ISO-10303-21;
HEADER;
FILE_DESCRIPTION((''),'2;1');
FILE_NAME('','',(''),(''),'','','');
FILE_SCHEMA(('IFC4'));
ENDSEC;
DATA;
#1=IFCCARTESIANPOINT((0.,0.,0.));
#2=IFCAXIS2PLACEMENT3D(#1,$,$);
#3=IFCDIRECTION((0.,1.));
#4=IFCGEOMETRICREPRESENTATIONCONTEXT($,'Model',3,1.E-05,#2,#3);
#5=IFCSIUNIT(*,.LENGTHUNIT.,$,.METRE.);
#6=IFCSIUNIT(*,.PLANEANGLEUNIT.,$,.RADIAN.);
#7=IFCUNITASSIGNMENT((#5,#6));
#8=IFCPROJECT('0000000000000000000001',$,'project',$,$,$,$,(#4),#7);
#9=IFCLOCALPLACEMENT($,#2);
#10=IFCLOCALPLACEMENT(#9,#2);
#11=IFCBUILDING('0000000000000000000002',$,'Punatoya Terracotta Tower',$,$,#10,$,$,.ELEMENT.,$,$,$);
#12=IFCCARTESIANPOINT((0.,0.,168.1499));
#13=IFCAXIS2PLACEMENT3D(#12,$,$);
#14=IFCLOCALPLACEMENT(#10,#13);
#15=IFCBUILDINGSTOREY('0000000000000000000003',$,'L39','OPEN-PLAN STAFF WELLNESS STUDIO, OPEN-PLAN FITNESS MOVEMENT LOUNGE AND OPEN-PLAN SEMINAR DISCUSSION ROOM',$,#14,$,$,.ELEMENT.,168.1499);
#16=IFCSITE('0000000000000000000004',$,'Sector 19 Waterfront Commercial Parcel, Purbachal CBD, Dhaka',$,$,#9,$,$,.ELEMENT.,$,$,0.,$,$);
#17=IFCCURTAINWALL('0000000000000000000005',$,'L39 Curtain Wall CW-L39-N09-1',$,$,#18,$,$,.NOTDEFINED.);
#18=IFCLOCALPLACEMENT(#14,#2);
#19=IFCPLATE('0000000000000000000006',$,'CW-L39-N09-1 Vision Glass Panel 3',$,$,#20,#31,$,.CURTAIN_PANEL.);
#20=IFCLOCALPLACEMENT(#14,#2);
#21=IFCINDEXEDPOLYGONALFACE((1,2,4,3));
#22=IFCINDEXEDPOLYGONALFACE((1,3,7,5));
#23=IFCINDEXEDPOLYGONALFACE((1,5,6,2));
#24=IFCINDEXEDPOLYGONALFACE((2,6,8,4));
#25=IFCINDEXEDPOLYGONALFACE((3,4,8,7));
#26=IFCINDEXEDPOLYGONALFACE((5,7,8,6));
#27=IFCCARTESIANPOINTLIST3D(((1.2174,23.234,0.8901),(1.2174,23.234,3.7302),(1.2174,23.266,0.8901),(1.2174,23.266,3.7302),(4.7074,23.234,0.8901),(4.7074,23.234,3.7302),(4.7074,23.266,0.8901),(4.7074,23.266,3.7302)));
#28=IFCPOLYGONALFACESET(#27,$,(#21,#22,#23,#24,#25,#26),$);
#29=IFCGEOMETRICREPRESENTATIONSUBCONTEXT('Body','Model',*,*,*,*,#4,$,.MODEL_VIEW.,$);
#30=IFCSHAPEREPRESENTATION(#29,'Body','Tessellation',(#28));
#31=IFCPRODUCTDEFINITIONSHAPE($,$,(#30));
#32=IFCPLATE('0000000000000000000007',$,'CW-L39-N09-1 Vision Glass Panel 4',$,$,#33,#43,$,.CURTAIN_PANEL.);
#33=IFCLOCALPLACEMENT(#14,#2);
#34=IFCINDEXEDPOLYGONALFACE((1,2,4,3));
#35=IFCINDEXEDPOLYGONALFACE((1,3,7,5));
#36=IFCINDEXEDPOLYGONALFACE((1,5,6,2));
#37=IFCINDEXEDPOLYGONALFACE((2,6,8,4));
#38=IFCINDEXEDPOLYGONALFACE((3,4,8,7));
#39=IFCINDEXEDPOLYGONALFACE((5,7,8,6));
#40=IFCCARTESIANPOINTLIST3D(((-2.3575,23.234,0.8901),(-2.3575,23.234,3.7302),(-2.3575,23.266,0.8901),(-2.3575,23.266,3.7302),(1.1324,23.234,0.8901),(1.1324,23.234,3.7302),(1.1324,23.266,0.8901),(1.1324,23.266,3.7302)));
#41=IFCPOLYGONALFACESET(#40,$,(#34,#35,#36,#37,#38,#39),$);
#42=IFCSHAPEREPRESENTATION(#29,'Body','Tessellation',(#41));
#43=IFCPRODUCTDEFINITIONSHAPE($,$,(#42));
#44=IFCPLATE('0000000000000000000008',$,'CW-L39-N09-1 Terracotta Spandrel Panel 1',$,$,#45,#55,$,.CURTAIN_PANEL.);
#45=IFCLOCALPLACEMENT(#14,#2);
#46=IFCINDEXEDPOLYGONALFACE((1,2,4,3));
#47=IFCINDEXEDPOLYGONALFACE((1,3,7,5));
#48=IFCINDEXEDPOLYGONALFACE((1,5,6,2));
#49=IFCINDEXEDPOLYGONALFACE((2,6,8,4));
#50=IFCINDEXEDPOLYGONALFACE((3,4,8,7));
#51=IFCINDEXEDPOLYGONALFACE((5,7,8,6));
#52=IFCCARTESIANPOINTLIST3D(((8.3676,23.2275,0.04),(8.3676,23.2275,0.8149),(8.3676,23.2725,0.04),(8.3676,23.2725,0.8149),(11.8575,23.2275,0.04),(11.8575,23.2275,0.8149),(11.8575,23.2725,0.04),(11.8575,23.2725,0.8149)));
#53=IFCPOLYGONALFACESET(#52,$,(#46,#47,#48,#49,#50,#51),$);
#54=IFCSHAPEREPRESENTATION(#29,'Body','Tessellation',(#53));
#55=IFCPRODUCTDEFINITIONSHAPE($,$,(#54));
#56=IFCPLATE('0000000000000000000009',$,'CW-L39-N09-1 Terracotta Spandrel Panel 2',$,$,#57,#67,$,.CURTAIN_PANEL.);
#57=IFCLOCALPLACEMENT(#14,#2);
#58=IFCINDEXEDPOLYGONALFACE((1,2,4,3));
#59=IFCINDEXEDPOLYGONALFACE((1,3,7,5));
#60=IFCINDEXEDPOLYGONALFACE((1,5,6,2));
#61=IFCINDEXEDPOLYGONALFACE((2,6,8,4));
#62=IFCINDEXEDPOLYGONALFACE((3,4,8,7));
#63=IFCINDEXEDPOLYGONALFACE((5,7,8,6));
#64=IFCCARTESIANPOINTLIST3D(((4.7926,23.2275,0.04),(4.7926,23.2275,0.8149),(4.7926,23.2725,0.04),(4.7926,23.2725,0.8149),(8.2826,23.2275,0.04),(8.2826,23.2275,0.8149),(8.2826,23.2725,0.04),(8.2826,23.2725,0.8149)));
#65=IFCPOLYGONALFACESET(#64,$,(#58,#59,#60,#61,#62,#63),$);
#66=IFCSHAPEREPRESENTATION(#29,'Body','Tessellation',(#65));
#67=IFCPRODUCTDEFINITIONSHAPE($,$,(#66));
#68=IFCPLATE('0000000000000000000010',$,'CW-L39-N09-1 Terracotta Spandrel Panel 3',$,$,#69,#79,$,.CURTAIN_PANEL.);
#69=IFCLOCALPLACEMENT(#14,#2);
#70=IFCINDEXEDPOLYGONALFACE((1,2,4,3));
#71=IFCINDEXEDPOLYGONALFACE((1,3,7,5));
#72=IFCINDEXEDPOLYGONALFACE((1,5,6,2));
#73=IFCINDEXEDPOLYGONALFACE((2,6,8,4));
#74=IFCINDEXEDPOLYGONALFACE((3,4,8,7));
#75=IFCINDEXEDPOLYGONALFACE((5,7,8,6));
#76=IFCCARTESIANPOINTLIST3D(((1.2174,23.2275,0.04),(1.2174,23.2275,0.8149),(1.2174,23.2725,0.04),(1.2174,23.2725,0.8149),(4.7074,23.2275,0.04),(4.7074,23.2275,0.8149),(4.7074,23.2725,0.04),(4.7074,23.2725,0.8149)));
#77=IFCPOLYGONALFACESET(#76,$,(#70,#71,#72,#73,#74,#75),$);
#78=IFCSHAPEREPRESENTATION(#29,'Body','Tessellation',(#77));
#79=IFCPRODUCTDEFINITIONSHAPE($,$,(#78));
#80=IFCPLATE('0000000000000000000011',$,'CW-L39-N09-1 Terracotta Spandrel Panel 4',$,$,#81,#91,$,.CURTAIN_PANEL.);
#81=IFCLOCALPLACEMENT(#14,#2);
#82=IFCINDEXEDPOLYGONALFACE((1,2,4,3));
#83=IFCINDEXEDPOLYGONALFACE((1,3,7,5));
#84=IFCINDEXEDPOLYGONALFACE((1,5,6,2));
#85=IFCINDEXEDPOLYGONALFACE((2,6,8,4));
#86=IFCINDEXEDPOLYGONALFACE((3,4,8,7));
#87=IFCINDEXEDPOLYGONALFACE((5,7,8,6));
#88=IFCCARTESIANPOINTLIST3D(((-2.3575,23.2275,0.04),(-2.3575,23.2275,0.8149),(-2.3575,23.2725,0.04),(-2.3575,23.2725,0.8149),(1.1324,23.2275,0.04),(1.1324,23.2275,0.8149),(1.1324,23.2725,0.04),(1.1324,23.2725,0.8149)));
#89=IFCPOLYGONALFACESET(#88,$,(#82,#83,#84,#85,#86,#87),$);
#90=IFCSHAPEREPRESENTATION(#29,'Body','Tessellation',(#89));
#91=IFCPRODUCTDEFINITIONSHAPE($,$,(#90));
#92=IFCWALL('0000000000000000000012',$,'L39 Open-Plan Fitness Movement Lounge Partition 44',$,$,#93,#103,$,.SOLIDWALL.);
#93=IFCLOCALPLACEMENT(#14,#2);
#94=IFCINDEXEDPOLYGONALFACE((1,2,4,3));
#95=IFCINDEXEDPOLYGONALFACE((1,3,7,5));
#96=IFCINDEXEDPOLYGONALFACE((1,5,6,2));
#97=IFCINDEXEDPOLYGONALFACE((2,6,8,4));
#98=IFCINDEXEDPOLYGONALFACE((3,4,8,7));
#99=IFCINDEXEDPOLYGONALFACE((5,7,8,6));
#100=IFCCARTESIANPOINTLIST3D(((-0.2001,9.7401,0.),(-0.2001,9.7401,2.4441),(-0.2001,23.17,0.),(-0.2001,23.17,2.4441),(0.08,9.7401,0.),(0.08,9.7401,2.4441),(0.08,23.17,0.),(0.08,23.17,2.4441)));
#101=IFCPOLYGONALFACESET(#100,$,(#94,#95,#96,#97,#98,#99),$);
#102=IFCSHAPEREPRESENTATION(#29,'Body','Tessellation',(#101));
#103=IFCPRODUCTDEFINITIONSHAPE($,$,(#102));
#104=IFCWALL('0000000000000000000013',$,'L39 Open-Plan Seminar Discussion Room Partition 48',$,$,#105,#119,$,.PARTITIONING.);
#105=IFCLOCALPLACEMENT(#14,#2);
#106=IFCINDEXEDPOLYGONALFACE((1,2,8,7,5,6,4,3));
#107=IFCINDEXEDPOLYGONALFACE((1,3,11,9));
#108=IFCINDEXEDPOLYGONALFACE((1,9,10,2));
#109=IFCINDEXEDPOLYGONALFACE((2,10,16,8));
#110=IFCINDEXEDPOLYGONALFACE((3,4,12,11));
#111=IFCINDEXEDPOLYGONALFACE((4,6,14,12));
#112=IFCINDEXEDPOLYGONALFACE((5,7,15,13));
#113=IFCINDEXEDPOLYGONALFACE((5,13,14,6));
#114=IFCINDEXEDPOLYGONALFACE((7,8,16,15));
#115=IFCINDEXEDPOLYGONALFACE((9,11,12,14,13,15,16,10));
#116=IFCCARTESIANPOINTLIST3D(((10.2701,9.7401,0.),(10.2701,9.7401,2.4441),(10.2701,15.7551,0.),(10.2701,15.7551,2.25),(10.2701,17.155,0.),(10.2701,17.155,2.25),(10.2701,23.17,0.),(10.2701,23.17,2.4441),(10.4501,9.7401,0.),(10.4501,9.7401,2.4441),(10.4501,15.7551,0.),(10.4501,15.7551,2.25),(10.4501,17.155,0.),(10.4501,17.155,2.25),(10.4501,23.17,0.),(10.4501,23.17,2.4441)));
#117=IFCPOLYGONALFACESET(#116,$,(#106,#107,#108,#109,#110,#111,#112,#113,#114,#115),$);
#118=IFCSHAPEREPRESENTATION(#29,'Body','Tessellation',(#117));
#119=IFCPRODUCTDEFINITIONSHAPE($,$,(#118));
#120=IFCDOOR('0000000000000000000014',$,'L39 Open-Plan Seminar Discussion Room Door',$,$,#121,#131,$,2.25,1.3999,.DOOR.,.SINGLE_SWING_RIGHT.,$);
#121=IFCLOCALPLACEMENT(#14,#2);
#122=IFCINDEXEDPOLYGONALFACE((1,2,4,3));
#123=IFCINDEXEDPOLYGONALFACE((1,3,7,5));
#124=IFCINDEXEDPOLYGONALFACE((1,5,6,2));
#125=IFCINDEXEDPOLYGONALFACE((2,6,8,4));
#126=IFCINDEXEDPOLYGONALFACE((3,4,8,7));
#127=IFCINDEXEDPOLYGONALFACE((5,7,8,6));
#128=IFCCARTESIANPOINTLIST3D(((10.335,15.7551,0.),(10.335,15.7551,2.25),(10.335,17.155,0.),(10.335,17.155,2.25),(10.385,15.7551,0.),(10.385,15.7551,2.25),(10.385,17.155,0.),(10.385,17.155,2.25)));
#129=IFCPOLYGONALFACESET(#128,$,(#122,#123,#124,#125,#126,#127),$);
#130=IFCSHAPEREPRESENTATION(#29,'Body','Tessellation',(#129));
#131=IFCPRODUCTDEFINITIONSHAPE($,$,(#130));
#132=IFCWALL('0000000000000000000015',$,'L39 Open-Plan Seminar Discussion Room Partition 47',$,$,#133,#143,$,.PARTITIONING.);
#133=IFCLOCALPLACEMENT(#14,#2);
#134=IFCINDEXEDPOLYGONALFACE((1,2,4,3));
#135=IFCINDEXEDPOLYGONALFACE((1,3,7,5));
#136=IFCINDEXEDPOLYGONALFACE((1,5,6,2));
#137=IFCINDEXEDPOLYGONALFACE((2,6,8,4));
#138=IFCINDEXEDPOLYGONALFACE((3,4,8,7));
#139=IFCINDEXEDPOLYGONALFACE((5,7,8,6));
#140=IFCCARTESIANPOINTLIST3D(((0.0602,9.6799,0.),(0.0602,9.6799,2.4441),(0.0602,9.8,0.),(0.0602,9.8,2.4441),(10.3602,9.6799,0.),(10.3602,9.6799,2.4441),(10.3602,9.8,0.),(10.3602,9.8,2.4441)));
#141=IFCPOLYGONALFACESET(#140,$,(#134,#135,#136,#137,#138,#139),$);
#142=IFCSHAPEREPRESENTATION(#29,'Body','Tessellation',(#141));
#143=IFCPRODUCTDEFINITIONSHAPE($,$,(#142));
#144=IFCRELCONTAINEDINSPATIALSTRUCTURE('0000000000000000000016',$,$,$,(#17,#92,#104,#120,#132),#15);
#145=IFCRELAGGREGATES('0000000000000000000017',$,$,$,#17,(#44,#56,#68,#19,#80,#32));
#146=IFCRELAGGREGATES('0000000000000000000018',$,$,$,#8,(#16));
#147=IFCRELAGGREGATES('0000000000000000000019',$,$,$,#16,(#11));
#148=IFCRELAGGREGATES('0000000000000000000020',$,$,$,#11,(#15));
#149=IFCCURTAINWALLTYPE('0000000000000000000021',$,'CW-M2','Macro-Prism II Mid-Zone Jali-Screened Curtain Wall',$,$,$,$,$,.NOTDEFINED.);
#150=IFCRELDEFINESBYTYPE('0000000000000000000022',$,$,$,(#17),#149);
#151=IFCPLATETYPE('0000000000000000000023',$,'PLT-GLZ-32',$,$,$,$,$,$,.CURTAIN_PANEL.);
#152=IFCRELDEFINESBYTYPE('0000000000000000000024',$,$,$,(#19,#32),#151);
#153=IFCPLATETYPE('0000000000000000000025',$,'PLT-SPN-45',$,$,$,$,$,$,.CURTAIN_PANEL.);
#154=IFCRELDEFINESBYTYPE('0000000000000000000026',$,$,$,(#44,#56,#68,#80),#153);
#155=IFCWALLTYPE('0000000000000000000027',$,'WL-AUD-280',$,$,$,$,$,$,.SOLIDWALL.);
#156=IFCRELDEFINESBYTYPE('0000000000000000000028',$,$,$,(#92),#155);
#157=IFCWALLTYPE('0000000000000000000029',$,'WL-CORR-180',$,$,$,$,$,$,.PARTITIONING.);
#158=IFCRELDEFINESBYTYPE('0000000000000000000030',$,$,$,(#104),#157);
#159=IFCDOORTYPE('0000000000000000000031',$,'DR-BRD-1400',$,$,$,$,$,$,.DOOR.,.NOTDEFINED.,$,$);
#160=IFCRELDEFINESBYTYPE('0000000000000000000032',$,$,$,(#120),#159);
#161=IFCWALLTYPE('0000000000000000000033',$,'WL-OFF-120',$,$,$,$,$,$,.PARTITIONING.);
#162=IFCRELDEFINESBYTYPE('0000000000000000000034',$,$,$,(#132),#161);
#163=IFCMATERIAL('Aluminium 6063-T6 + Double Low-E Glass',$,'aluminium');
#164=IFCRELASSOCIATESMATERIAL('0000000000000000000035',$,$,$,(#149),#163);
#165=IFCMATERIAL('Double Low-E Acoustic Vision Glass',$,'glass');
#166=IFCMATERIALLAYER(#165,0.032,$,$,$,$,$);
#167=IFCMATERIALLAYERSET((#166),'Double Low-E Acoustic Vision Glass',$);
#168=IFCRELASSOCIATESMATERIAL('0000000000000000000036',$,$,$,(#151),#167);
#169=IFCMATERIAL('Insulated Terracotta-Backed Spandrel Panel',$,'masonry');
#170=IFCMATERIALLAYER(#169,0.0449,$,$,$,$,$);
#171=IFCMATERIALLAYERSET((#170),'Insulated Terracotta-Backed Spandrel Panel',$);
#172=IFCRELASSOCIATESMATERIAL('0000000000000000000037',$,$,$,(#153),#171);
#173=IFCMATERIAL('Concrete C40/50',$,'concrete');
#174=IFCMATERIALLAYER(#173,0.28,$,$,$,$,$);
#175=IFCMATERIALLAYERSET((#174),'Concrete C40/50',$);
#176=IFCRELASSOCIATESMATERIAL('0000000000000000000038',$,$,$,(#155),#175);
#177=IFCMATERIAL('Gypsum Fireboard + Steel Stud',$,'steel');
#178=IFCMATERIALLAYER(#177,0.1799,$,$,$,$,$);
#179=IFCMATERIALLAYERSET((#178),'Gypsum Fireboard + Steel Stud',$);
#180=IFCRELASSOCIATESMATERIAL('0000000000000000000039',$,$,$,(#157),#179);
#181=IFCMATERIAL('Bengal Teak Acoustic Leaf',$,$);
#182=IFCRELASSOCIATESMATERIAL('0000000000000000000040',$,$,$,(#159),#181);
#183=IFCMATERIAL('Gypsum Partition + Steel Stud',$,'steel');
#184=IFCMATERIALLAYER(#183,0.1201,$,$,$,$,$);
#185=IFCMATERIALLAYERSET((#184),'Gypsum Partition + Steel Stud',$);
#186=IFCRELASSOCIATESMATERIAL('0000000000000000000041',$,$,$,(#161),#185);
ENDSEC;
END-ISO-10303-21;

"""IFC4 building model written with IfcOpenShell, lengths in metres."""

from ifc_helpers import new_model, si_unit, direction, frame, frame_2d, origin, origin_2d, place, context, subcontext, project, spatial, rectangle, extrude, material, layer, layer_set, type_object, element, fill, aggregate, save


model = new_model("IFC4")

# Units and contexts
model_context = context("Model", 3, precision=1e-05, world=origin(), true_north=direction((0.0, 1.0)))
body_context = subcontext(model_context, "Body", "Model", "MODEL_VIEW")
ifc_project = project(units=[si_unit("LENGTHUNIT", "METRE"), si_unit("PLANEANGLEUNIT", "RADIAN")], contexts=[model_context])

# Site, building, storey
site_placement = place(None, origin())
site = spatial("IfcSite", under=ifc_project, at=site_placement, Name="Sector 19 Waterfront Commercial Parcel, Purbachal CBD, Dhaka", CompositionType="ELEMENT", RefElevation=0.0)
building_placement = place(site_placement, origin())
building = spatial("IfcBuilding", under=site, at=building_placement, Name="Punatoya Terracotta Tower", CompositionType="ELEMENT")
storey_placement = place(building_placement, frame((0.0, 0.0, 168.1499)))
storey = spatial("IfcBuildingStorey", under=building, at=storey_placement, Name="L39", Description="OPEN-PLAN STAFF WELLNESS STUDIO, OPEN-PLAN FITNESS MOVEMENT LOUNGE AND OPEN-PLAN SEMINAR DISCUSSION ROOM", CompositionType="ELEMENT", Elevation=168.1499)

# Curtain wall, plates
ifc_material_1 = material(Name="Aluminium 6063-T6 + Double Low-E Glass", Category="aluminium")
curtain_wall_type = type_object("IfcCurtainWallType", Name="CW-M2", Description="Macro-Prism II Mid-Zone Jali-Screened Curtain Wall", PredefinedType="NOTDEFINED", material=ifc_material_1)
curtain_wall_placement = place(storey_placement, origin())
curtain_wall = element("IfcCurtainWall", 1, at=curtain_wall_placement, inside=storey, type_object=curtain_wall_type, Name="L39 Curtain Wall CW-L39-N09-1", PredefinedType="NOTDEFINED")
ifc_material_2 = material(Name="Double Low-E Acoustic Vision Glass", Category="glass")
ifc_layer_1 = layer(ifc_material_2, 0.032)
ifc_layer_set_1 = layer_set([ifc_layer_1], Name="Double Low-E Acoustic Vision Glass")
plate_type_1 = type_object("IfcPlateType", Name="PLT-GLZ-32", PredefinedType="CURTAIN_PANEL", material=ifc_layer_set_1)
plate_1_placement = place(storey_placement, frame((2.9624, 23.25, 0.8901), z_axis=(0.0, 0.0, 1.0), x_axis=(-1.0, 0.0, 0.0)))
plate_1 = element("IfcPlate", 2, at=plate_1_placement, type_object=plate_type_1, Name="CW-L39-N09-1 Vision Glass Panel 3", PredefinedType="CURTAIN_PANEL", context=body_context, shape_type="SweptSolid", body=[
    extrude(rectangle(XDim=3.49, YDim=0.032, at=origin_2d()), origin(), (0.0, 0.0, 1.0), 2.8401),
])
plate_2_placement = place(storey_placement, frame((-0.6125, 23.25, 0.8901), z_axis=(0.0, 0.0, 1.0), x_axis=(-1.0, 0.0, 0.0)))
plate_2 = element("IfcPlate", 3, at=plate_2_placement, type_object=plate_type_1, Name="CW-L39-N09-1 Vision Glass Panel 4", PredefinedType="CURTAIN_PANEL", context=body_context, shape_type="SweptSolid", body=[
    extrude(rectangle(XDim=3.49, YDim=0.032, at=origin_2d()), origin(), (0.0, 0.0, 1.0), 2.8401),
])
ifc_material_3 = material(Name="Insulated Terracotta-Backed Spandrel Panel", Category="masonry")
ifc_layer_2 = layer(ifc_material_3, 0.0449)
ifc_layer_set_2 = layer_set([ifc_layer_2], Name="Insulated Terracotta-Backed Spandrel Panel")
plate_type_2 = type_object("IfcPlateType", Name="PLT-SPN-45", PredefinedType="CURTAIN_PANEL", material=ifc_layer_set_2)
plate_3_placement = place(storey_placement, frame((10.1125, 23.25, 0.04), z_axis=(0.0, 0.0, 1.0), x_axis=(-1.0, 0.0, 0.0)))
plate_3 = element("IfcPlate", 4, at=plate_3_placement, type_object=plate_type_2, Name="CW-L39-N09-1 Terracotta Spandrel Panel 1", PredefinedType="CURTAIN_PANEL", context=body_context, shape_type="SweptSolid", body=[
    extrude(rectangle(XDim=3.49, YDim=0.0449, at=origin_2d()), origin(), (0.0, 0.0, 1.0), 0.7749),
])
plate_4_placement = place(storey_placement, frame((6.5376, 23.25, 0.04), z_axis=(0.0, 0.0, 1.0), x_axis=(-1.0, 0.0, 0.0)))
plate_4 = element("IfcPlate", 5, at=plate_4_placement, type_object=plate_type_2, Name="CW-L39-N09-1 Terracotta Spandrel Panel 2", PredefinedType="CURTAIN_PANEL", context=body_context, shape_type="SweptSolid", body=[
    extrude(rectangle(XDim=3.49, YDim=0.0449, at=origin_2d()), origin(), (0.0, 0.0, 1.0), 0.7749),
])
plate_5_placement = place(storey_placement, frame((2.9624, 23.25, 0.04), z_axis=(0.0, 0.0, 1.0), x_axis=(-1.0, 0.0, 0.0)))
plate_5 = element("IfcPlate", 6, at=plate_5_placement, type_object=plate_type_2, Name="CW-L39-N09-1 Terracotta Spandrel Panel 3", PredefinedType="CURTAIN_PANEL", context=body_context, shape_type="SweptSolid", body=[
    extrude(rectangle(XDim=3.49, YDim=0.0449, at=origin_2d()), origin(), (0.0, 0.0, 1.0), 0.7749),
])
plate_6_placement = place(storey_placement, frame((-0.6125, 23.25, 0.04), z_axis=(0.0, 0.0, 1.0), x_axis=(-1.0, 0.0, 0.0)))
plate_6 = element("IfcPlate", 7, at=plate_6_placement, type_object=plate_type_2, Name="CW-L39-N09-1 Terracotta Spandrel Panel 4", PredefinedType="CURTAIN_PANEL", context=body_context, shape_type="SweptSolid", body=[
    extrude(rectangle(XDim=3.49, YDim=0.0449, at=origin_2d()), origin(), (0.0, 0.0, 1.0), 0.7749),
])
aggregate(curtain_wall, [plate_3, plate_4, plate_5, plate_1, plate_6, plate_2])

# Wall
ifc_material_4 = material(Name="Concrete C40/50", Category="concrete")
ifc_layer_3 = layer(ifc_material_4, 0.28)
ifc_layer_set_3 = layer_set([ifc_layer_3], Name="Concrete C40/50")
wall_type_1 = type_object("IfcWallType", Name="WL-AUD-280", PredefinedType="SOLIDWALL", material=ifc_layer_set_3)
wall_1_placement = place(storey_placement, frame((-0.0601, 23.1699, 0.0), z_axis=(0.0, 0.0, 1.0), x_axis=(0.0, -1.0, 0.0)))
element("IfcWall", 8, at=wall_1_placement, inside=storey, type_object=wall_type_1, Name="L39 Open-Plan Fitness Movement Lounge Partition 44", PredefinedType="SOLIDWALL", context=body_context, shape_type="SweptSolid", body=[
    extrude(rectangle(XDim=13.4299, YDim=0.28, at=frame_2d((6.7148, 0.0))), origin(), (0.0, 0.0, 1.0), 2.4441),
])

# Wall, opening, door
ifc_material_5 = material(Name="Gypsum Fireboard + Steel Stud", Category="steel")
ifc_layer_4 = layer(ifc_material_5, 0.1799)
ifc_layer_set_4 = layer_set([ifc_layer_4], Name="Gypsum Fireboard + Steel Stud")
wall_type_2 = type_object("IfcWallType", Name="WL-CORR-180", PredefinedType="PARTITIONING", material=ifc_layer_set_4)
wall_2_placement = place(storey_placement, frame((10.3601, 23.1699, 0.0), z_axis=(0.0, 0.0, 1.0), x_axis=(0.0, -1.0, 0.0)))
wall_2 = element("IfcWall", 9, at=wall_2_placement, inside=storey, type_object=wall_type_2, Name="L39 Open-Plan Seminar Discussion Room Partition 48", PredefinedType="PARTITIONING", context=body_context, shape_type="SweptSolid", body=[
    extrude(rectangle(XDim=13.4299, YDim=0.1799, at=frame_2d((6.7148, 0.0))), origin(), (0.0, 0.0, 1.0), 2.4441),
])
opening_placement = place(wall_2_placement, frame((6.0149, 0.0, 0.0)))
opening = element("IfcOpeningElement", 10, at=opening_placement, cuts=wall_2, PredefinedType="OPENING", context=body_context, shape_type="SweptSolid", body=[
    extrude(rectangle(XDim=1.3999, YDim=2.25, at=frame_2d((0.7, 1.125))), frame((0.0, 0.0999, 0.0), z_axis=(0.0, -1.0, 0.0), x_axis=(1.0, 0.0, 0.0)), (0.0, 0.0, 1.0), 0.2),
])
ifc_material_6 = material(Name="Bengal Teak Acoustic Leaf")
door_type = type_object("IfcDoorType", Name="DR-BRD-1400", OperationType="NOTDEFINED", PredefinedType="DOOR", material=ifc_material_6)
door_placement = place(opening_placement, origin())
door = element("IfcDoor", 11, at=door_placement, inside=storey, type_object=door_type, Name="L39 Open-Plan Seminar Discussion Room Door", OperationType="SINGLE_SWING_RIGHT", OverallHeight=2.25, OverallWidth=1.3999, PredefinedType="DOOR", context=body_context, shape_type="SweptSolid", body=[
    extrude(rectangle(XDim=1.3999, YDim=2.25, at=frame_2d((0.7, 1.125))), frame((0.0, 0.0249, 0.0), z_axis=(0.0, -1.0, 0.0), x_axis=(1.0, 0.0, 0.0)), (0.0, 0.0, 1.0), 0.05),
])
fill(opening, door)

# Wall
ifc_material_7 = material(Name="Gypsum Partition + Steel Stud", Category="steel")
ifc_layer_5 = layer(ifc_material_7, 0.1201)
ifc_layer_set_5 = layer_set([ifc_layer_5], Name="Gypsum Partition + Steel Stud")
wall_type_3 = type_object("IfcWallType", Name="WL-OFF-120", PredefinedType="PARTITIONING", material=ifc_layer_set_5)
wall_3_placement = place(storey_placement, frame((10.3601, 9.74, 0.0), z_axis=(0.0, 0.0, 1.0), x_axis=(-1.0, 0.0, 0.0)))
element("IfcWall", 12, at=wall_3_placement, inside=storey, type_object=wall_type_3, Name="L39 Open-Plan Seminar Discussion Room Partition 47", PredefinedType="PARTITIONING", context=body_context, shape_type="SweptSolid", body=[
    extrude(rectangle(XDim=10.3, YDim=0.1201, at=frame_2d((5.1499, 0.0))), origin(), (0.0, 0.0, 1.0), 2.4441),
])

save(model, "model.ifc")
